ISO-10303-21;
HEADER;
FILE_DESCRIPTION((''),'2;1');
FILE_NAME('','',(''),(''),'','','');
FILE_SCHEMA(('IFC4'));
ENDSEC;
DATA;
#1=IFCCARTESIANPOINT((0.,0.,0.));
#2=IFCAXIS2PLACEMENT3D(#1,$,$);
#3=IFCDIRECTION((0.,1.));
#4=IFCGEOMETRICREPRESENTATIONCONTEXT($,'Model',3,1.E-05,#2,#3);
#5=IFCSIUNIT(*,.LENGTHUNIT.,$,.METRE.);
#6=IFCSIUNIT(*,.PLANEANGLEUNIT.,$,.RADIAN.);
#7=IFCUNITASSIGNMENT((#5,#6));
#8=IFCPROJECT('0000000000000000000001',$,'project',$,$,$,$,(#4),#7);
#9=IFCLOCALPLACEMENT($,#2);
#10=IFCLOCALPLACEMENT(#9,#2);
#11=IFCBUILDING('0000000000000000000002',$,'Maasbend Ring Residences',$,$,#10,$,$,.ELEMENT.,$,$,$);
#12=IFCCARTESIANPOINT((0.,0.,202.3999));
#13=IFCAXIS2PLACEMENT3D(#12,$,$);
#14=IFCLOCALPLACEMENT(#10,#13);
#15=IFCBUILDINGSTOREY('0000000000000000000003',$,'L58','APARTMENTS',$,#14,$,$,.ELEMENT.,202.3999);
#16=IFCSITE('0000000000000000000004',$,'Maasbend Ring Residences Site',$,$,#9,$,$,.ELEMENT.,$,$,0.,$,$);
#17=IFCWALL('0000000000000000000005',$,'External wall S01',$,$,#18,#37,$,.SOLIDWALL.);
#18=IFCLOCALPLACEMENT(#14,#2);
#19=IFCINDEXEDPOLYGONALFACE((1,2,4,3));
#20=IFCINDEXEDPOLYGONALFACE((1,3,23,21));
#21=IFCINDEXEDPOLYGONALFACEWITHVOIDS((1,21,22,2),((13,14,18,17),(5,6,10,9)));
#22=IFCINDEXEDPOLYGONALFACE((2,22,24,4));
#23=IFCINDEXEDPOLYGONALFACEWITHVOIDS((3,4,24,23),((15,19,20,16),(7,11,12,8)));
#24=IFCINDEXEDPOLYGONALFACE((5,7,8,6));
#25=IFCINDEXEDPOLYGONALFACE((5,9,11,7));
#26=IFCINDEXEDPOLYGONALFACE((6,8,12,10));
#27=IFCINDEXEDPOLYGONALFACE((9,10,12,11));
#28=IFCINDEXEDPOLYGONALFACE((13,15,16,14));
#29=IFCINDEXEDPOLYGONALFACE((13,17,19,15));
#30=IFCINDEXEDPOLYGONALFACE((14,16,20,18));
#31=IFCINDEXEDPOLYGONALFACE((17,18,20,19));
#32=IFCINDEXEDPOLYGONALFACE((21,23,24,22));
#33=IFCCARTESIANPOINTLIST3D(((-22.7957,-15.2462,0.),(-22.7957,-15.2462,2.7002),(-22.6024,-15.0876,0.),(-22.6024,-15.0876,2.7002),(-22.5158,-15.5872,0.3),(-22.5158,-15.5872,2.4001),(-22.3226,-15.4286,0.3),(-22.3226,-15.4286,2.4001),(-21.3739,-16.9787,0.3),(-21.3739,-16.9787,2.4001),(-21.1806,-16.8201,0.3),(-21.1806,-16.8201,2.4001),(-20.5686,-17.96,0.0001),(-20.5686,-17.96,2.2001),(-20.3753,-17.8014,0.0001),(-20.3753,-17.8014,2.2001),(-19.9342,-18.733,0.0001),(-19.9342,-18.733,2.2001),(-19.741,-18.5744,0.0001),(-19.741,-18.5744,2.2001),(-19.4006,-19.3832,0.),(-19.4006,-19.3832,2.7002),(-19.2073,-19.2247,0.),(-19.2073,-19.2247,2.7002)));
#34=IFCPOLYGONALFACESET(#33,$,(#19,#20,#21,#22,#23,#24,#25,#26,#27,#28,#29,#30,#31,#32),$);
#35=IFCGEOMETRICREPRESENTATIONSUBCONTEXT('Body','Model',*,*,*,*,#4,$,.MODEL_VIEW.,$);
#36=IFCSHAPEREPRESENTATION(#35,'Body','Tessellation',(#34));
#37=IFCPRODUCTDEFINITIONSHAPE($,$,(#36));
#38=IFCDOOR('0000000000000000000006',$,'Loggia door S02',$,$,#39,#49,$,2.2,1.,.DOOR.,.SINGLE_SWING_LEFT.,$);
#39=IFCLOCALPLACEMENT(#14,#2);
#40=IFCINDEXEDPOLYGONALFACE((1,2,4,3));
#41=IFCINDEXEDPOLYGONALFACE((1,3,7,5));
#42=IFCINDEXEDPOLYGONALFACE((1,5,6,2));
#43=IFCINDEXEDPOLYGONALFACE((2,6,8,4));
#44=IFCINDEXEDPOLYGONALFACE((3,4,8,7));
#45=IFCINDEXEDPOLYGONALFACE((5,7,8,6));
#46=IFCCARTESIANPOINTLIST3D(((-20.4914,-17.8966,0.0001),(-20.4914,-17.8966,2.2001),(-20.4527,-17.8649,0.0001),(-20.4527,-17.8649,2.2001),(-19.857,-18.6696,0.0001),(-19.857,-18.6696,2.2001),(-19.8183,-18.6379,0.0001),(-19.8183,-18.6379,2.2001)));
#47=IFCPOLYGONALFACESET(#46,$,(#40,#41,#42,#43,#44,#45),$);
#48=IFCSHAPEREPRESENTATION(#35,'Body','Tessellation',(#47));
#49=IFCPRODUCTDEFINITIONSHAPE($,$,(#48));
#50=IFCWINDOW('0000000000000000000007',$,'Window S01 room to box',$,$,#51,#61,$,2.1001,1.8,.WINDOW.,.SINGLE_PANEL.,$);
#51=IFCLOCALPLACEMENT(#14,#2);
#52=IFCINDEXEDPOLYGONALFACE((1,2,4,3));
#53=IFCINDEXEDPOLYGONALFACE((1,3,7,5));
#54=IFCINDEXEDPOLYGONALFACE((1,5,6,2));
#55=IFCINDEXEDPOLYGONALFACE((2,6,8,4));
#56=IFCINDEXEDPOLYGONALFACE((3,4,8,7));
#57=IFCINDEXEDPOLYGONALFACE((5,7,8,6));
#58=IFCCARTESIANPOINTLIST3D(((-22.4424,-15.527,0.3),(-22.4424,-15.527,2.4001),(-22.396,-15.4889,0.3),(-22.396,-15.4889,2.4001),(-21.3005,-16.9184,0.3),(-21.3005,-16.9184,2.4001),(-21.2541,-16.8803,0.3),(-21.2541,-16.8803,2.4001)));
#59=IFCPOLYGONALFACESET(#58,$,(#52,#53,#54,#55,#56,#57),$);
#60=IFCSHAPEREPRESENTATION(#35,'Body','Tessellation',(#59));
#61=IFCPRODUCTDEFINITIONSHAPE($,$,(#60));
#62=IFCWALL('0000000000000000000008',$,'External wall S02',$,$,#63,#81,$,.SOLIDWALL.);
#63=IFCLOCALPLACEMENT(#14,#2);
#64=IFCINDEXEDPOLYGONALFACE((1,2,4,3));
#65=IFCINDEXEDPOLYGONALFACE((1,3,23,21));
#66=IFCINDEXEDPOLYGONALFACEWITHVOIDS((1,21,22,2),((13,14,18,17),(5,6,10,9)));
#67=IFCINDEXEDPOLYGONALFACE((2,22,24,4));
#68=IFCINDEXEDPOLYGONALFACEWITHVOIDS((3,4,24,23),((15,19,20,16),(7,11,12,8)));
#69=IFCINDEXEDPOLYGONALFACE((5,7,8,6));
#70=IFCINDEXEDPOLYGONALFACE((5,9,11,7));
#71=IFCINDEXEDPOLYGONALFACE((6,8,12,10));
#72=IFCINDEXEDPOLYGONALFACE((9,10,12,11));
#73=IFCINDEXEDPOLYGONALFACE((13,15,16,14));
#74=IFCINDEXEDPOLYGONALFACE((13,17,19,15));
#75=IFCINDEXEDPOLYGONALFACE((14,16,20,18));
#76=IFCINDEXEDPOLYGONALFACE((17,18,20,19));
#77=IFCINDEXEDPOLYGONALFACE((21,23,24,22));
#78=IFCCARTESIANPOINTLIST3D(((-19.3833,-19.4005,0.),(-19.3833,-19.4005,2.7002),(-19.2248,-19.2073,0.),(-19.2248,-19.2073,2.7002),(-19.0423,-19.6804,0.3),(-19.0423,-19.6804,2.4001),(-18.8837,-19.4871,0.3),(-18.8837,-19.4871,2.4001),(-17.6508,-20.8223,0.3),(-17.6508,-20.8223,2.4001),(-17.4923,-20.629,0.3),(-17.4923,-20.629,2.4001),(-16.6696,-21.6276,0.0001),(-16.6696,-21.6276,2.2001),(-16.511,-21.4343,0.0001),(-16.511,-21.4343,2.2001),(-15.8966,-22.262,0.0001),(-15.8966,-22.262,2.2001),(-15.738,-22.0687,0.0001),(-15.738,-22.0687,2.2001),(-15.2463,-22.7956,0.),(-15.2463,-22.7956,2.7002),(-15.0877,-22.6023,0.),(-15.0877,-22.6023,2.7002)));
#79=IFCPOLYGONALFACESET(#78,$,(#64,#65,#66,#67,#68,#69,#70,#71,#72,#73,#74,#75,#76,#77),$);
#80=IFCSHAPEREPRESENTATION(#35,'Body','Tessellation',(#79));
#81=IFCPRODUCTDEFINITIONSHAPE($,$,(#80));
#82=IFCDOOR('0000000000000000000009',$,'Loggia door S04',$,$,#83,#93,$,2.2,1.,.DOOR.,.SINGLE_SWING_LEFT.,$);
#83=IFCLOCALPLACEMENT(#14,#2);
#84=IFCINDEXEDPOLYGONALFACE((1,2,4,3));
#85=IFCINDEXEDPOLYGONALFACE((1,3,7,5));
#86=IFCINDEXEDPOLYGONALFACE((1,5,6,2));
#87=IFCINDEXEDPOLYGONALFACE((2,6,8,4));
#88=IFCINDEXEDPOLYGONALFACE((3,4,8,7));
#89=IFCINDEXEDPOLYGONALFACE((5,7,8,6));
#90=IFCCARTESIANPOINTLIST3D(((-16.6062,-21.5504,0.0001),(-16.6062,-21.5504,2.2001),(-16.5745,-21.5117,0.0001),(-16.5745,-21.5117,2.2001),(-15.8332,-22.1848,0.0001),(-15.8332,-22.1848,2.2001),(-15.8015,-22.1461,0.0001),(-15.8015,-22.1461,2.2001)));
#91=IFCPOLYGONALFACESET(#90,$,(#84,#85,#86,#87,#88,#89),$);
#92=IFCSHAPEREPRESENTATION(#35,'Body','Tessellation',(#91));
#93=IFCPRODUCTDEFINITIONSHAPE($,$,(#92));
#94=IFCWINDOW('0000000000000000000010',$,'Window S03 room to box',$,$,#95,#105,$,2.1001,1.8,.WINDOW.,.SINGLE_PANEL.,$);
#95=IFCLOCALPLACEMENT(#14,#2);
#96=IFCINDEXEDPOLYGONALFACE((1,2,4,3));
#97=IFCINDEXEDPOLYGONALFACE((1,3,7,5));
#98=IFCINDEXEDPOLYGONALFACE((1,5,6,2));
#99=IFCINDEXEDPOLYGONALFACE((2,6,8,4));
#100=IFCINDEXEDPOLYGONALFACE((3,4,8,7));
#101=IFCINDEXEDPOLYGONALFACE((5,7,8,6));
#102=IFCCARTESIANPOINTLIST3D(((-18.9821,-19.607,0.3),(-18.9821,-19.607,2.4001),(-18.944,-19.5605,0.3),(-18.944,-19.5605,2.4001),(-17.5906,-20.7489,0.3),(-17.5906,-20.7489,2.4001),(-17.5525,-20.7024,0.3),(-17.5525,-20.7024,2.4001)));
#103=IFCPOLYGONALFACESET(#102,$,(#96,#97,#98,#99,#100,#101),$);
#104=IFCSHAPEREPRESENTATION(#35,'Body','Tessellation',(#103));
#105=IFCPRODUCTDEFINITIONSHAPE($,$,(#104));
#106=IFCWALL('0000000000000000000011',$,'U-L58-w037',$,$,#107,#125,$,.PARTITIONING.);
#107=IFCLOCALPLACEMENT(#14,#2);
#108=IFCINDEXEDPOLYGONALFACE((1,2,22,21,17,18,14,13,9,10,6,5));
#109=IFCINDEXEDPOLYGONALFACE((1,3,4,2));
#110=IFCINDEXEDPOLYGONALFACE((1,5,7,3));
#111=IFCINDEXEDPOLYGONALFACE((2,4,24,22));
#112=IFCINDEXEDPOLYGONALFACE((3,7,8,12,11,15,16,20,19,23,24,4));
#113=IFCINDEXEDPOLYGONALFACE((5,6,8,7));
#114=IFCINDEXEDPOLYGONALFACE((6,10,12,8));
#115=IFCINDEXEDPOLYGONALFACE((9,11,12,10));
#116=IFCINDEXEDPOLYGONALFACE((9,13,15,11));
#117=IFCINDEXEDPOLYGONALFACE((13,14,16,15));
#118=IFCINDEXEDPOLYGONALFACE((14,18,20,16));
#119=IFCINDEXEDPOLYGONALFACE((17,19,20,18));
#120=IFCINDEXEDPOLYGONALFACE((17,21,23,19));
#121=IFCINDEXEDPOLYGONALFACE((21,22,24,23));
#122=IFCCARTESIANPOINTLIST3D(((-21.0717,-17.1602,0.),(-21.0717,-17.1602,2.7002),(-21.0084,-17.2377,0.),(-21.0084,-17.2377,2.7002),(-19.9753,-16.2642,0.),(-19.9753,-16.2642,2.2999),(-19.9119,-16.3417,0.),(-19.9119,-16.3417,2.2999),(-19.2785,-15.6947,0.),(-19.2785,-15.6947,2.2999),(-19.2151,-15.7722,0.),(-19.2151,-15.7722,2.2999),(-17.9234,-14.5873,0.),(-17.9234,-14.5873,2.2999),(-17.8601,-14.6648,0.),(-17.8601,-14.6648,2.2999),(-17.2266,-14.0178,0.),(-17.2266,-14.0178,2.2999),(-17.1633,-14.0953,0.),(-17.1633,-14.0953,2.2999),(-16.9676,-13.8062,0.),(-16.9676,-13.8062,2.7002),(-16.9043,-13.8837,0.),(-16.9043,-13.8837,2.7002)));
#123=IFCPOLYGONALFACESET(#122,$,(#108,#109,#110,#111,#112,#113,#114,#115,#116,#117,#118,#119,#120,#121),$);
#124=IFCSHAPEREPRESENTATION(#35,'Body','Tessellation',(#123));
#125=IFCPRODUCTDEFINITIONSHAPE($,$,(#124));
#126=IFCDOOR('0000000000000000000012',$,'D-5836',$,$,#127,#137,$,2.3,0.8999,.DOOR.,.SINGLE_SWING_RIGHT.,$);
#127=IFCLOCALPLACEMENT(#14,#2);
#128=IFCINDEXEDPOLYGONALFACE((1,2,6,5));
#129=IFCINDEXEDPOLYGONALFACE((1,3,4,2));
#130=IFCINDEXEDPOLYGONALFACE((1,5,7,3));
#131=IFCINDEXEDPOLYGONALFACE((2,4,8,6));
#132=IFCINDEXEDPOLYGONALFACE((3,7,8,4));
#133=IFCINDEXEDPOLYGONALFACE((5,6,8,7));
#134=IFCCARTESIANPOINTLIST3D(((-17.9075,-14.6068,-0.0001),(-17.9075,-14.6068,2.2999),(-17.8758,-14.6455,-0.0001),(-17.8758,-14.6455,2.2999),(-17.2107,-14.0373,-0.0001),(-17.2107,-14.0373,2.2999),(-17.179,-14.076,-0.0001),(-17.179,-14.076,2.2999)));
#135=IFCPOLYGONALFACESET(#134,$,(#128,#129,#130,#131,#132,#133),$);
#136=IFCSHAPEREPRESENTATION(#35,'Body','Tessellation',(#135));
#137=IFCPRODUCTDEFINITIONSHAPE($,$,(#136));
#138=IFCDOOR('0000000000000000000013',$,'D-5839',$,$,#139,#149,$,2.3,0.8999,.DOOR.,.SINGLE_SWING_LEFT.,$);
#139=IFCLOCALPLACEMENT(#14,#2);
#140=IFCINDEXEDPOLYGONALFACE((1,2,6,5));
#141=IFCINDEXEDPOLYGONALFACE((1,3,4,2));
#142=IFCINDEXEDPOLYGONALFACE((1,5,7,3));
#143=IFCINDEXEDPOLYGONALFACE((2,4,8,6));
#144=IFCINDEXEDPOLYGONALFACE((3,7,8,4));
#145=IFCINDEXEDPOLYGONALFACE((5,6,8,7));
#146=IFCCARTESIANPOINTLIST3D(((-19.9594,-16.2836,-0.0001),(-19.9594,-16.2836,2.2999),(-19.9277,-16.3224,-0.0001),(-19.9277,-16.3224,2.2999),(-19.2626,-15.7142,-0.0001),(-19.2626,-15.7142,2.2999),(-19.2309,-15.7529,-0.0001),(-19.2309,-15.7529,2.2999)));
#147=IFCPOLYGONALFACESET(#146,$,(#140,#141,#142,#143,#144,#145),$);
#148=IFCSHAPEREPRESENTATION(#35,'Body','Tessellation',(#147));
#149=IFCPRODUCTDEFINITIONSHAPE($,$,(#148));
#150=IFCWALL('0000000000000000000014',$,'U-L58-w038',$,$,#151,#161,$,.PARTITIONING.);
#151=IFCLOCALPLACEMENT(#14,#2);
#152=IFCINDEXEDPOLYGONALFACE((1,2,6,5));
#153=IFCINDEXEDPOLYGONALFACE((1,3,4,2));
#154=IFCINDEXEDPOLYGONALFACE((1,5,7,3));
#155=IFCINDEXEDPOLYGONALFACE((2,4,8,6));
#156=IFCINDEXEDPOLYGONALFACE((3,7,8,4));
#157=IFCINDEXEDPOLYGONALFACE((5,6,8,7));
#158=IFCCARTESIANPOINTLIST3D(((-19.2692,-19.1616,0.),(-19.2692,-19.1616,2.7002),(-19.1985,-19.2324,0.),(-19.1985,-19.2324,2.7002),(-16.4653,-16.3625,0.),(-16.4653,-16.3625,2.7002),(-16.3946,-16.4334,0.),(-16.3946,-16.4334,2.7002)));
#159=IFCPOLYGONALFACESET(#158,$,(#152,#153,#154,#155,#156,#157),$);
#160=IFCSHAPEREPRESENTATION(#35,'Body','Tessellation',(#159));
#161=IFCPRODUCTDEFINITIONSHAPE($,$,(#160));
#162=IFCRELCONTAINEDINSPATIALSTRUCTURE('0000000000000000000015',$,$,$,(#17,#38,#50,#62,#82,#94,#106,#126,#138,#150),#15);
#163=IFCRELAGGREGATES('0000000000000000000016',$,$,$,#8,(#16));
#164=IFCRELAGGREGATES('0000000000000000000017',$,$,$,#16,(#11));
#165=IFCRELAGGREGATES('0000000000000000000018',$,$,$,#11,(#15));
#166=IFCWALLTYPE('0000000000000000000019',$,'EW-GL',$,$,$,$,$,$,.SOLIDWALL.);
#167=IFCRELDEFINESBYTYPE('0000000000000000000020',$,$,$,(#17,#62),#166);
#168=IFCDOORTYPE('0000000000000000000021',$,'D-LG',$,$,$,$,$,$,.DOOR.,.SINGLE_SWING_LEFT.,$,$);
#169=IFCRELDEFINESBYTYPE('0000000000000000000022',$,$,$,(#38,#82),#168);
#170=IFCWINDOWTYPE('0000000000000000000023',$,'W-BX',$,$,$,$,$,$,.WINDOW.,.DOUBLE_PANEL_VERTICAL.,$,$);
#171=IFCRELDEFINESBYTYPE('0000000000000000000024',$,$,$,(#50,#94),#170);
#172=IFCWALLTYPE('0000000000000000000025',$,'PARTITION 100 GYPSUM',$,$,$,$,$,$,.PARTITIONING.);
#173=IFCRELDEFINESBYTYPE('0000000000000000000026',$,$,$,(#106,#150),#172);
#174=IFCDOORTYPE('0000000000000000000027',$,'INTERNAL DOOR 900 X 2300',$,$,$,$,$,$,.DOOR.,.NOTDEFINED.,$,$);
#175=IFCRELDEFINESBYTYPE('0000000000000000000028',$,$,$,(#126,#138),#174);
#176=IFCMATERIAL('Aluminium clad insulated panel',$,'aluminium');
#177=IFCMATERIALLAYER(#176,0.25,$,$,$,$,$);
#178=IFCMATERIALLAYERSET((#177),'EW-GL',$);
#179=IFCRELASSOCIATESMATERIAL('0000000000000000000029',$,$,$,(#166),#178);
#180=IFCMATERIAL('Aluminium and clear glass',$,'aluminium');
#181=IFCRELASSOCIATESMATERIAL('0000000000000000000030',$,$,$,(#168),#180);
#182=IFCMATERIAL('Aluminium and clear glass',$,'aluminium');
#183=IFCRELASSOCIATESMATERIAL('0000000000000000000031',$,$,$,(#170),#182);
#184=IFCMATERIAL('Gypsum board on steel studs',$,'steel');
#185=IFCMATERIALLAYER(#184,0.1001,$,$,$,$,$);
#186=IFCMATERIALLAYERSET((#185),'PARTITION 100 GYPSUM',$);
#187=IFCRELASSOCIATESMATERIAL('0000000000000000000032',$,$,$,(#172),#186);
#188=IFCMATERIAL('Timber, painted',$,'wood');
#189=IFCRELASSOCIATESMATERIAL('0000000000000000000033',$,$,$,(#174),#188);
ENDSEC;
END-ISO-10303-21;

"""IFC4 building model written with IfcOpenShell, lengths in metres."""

from ifc_helpers import new_model, si_unit, direction, frame, frame_2d, origin, place, context, subcontext, project, spatial, rectangle, extrude, material, layer, layer_set, type_object, element, fill, save


model = new_model("IFC4")

# Units and contexts
model_context = context("Model", 3, precision=1e-05, world=origin(), true_north=direction((0.0, 1.0)))
body_context = subcontext(model_context, "Body", "Model", "MODEL_VIEW")
ifc_project = project(units=[si_unit("LENGTHUNIT", "METRE"), si_unit("PLANEANGLEUNIT", "RADIAN")], contexts=[model_context])

# Site, building, storey
site_placement = place(None, origin())
site = spatial("IfcSite", under=ifc_project, at=site_placement, Name="Maasbend Ring Residences Site", CompositionType="ELEMENT", RefElevation=0.0)
building_placement = place(site_placement, origin())
building = spatial("IfcBuilding", under=site, at=building_placement, Name="Maasbend Ring Residences", CompositionType="ELEMENT")
storey_placement = place(building_placement, frame((0.0, 0.0, 202.3999)))
storey = spatial("IfcBuildingStorey", under=building, at=storey_placement, Name="L58", Description="APARTMENTS", CompositionType="ELEMENT", Elevation=202.3999)

# Walls, openings, doors, windows
ifc_material_1 = material(Name="Aluminium clad insulated panel", Category="aluminium")
ifc_layer_1 = layer(ifc_material_1, 0.25)
ifc_layer_set_1 = layer_set([ifc_layer_1], Name="EW-GL")
wall_type_1 = type_object("IfcWallType", Name="EW-GL", PredefinedType="SOLIDWALL", material=ifc_layer_set_1)
wall_1_placement = place(storey_placement, frame((-22.699, -15.167, 0.0), z_axis=(0.0, 0.0, 1.0), x_axis=(0.634382, -0.773019, 0.0)))
wall_1 = element("IfcWall", 1, at=wall_1_placement, inside=storey, type_object=wall_type_1, Name="External wall S01", PredefinedType="SOLIDWALL", context=body_context, shape_type="SweptSolid", body=[
    extrude(rectangle(XDim=5.3518, YDim=0.25, at=frame_2d((2.6758, 0.0))), origin(), (0.0, 0.0, 1.0), 2.7002),
])
opening_1_placement = place(wall_1_placement, frame((0.4412, 0.0, 0.3)))
opening_1 = element("IfcOpeningElement", 2, at=opening_1_placement, cuts=wall_1, PredefinedType="OPENING", context=body_context, shape_type="SweptSolid", body=[
    extrude(rectangle(XDim=1.8, YDim=2.1001, at=frame_2d((0.8999, 1.05))), frame((0.0, 0.135, 0.0), z_axis=(0.0, -1.0, 0.0), x_axis=(1.0, 0.0, 0.0)), (0.0, 0.0, 1.0), 0.27),
])
opening_2_placement = place(wall_1_placement, frame((3.5105, 0.0, 0.0)))
opening_2 = element("IfcOpeningElement", 3, at=opening_2_placement, cuts=wall_1, PredefinedType="OPENING", context=body_context, shape_type="SweptSolid", body=[
    extrude(rectangle(XDim=1.0, YDim=2.2, at=frame_2d((0.5, 1.1001))), frame((0.0, 0.135, 0.0), z_axis=(0.0, -1.0, 0.0), x_axis=(1.0, 0.0, 0.0)), (0.0, 0.0, 1.0), 0.27),
])
ifc_material_2 = material(Name="Aluminium and clear glass", Category="aluminium")
door_type_1 = type_object("IfcDoorType", Name="D-LG", OperationType="SINGLE_SWING_LEFT", PredefinedType="DOOR", material=ifc_material_2)
door_1_placement = place(opening_2_placement, origin())
door_1 = element("IfcDoor", 4, at=door_1_placement, inside=storey, type_object=door_type_1, Name="Loggia door S02", OperationType="SINGLE_SWING_LEFT", OverallHeight=2.2, OverallWidth=1.0, PredefinedType="DOOR", context=body_context, shape_type="SweptSolid", body=[
    extrude(rectangle(XDim=1.0, YDim=2.2, at=frame_2d((0.5, 1.1001))), frame((0.0, 0.0249, 0.0), z_axis=(0.0, -1.0, 0.0), x_axis=(1.0, 0.0, 0.0)), (0.0, 0.0, 1.0), 0.05),
])
fill(opening_2, door_1)
ifc_material_3 = material(Name="Aluminium and clear glass", Category="aluminium")
window_type_1 = type_object("IfcWindowType", Name="W-BX", PartitioningType="DOUBLE_PANEL_VERTICAL", PredefinedType="WINDOW", material=ifc_material_3)
window_1_placement = place(opening_1_placement, origin())
window_1 = element("IfcWindow", 5, at=window_1_placement, inside=storey, type_object=window_type_1, Name="Window S01 room to box", OverallHeight=2.1001, OverallWidth=1.8, PartitioningType="SINGLE_PANEL", PredefinedType="WINDOW", context=body_context, shape_type="SweptSolid", body=[
    extrude(rectangle(XDim=1.8, YDim=2.1001, at=frame_2d((0.8999, 1.05))), frame((0.0, 0.03, 0.0), z_axis=(0.0, -1.0, 0.0), x_axis=(1.0, 0.0, 0.0)), (0.0, 0.0, 1.0), 0.0601),
])
fill(opening_1, window_1)
wall_2_placement = place(storey_placement, frame((-19.304, -19.304, 0.0), z_axis=(0.0, 0.0, 1.0), x_axis=(0.773019, -0.634382, 0.0)))
wall_2 = element("IfcWall", 6, at=wall_2_placement, inside=storey, type_object=wall_type_1, Name="External wall S02", PredefinedType="SOLIDWALL", context=body_context, shape_type="SweptSolid", body=[
    extrude(rectangle(XDim=5.3518, YDim=0.25, at=frame_2d((2.6758, 0.0))), origin(), (0.0, 0.0, 1.0), 2.7002),
])
opening_3_placement = place(wall_2_placement, frame((0.4412, 0.0, 0.3)))
opening_3 = element("IfcOpeningElement", 7, at=opening_3_placement, cuts=wall_2, PredefinedType="OPENING", context=body_context, shape_type="SweptSolid", body=[
    extrude(rectangle(XDim=1.8, YDim=2.1001, at=frame_2d((0.8999, 1.05))), frame((0.0, 0.135, 0.0), z_axis=(0.0, -1.0, 0.0), x_axis=(1.0, 0.0, 0.0)), (0.0, 0.0, 1.0), 0.27),
])
opening_4_placement = place(wall_2_placement, frame((3.5105, 0.0, 0.0)))
opening_4 = element("IfcOpeningElement", 8, at=opening_4_placement, cuts=wall_2, PredefinedType="OPENING", context=body_context, shape_type="SweptSolid", body=[
    extrude(rectangle(XDim=1.0, YDim=2.2, at=frame_2d((0.5, 1.1001))), frame((0.0, 0.135, 0.0), z_axis=(0.0, -1.0, 0.0), x_axis=(1.0, 0.0, 0.0)), (0.0, 0.0, 1.0), 0.27),
])
door_2_placement = place(opening_4_placement, origin())
door_2 = element("IfcDoor", 9, at=door_2_placement, inside=storey, type_object=door_type_1, Name="Loggia door S04", OperationType="SINGLE_SWING_LEFT", OverallHeight=2.2, OverallWidth=1.0, PredefinedType="DOOR", context=body_context, shape_type="SweptSolid", body=[
    extrude(rectangle(XDim=1.0, YDim=2.2, at=frame_2d((0.5, 1.1001))), frame((0.0, 0.0249, 0.0), z_axis=(0.0, -1.0, 0.0), x_axis=(1.0, 0.0, 0.0)), (0.0, 0.0, 1.0), 0.05),
])
fill(opening_4, door_2)
window_2_placement = place(opening_3_placement, origin())
window_2 = element("IfcWindow", 10, at=window_2_placement, inside=storey, type_object=window_type_1, Name="Window S03 room to box", OverallHeight=2.1001, OverallWidth=1.8, PartitioningType="SINGLE_PANEL", PredefinedType="WINDOW", context=body_context, shape_type="SweptSolid", body=[
    extrude(rectangle(XDim=1.8, YDim=2.1001, at=frame_2d((0.8999, 1.05))), frame((0.0, 0.03, 0.0), z_axis=(0.0, -1.0, 0.0), x_axis=(1.0, 0.0, 0.0)), (0.0, 0.0, 1.0), 0.0601),
])
fill(opening_3, window_2)

# Wall, openings, doors
ifc_material_4 = material(Name="Gypsum board on steel studs", Category="steel")
ifc_layer_2 = layer(ifc_material_4, 0.1001)
ifc_layer_set_2 = layer_set([ifc_layer_2], Name="PARTITION 100 GYPSUM")
wall_type_2 = type_object("IfcWallType", Name="PARTITION 100 GYPSUM", PredefinedType="PARTITIONING", material=ifc_layer_set_2)
wall_3_placement = place(storey_placement, frame((-21.04, -17.199, 0.0), z_axis=(0.0, 0.0, 1.0), x_axis=(0.77431, 0.632806, 0.0)))
wall_3 = element("IfcWall", 11, at=wall_3_placement, inside=storey, type_object=wall_type_2, Name="U-L58-w037", PredefinedType="PARTITIONING", context=body_context, shape_type="SweptSolid", body=[
    extrude(rectangle(XDim=5.3003, YDim=0.1001, at=frame_2d((2.6501, 0.0))), origin(), (0.0, 0.0, 1.0), 2.7002),
])
opening_5_placement = place(wall_3_placement, frame((4.0659, 0.0, 0.0)))
opening_5 = element("IfcOpeningElement", 12, at=opening_5_placement, cuts=wall_3, PredefinedType="OPENING", context=body_context, shape_type="SweptSolid", body=[
    extrude(rectangle(XDim=0.8999, YDim=2.3, at=frame_2d((0.45, 1.1499))), frame((0.0, 0.0601, 0.0), z_axis=(0.0, -1.0, 0.0), x_axis=(1.0, 0.0, 0.0)), (0.0, 0.0, 1.0), 0.1201),
])
opening_6_placement = place(wall_3_placement, frame((1.416, 0.0, 0.0)))
opening_6 = element("IfcOpeningElement", 13, at=opening_6_placement, cuts=wall_3, PredefinedType="OPENING", context=body_context, shape_type="SweptSolid", body=[
    extrude(rectangle(XDim=0.8999, YDim=2.3, at=frame_2d((0.45, 1.1499))), frame((0.0, 0.0601, 0.0), z_axis=(0.0, -1.0, 0.0), x_axis=(1.0, 0.0, 0.0)), (0.0, 0.0, 1.0), 0.1201),
])
ifc_material_5 = material(Name="Timber, painted", Category="wood")
door_type_2 = type_object("IfcDoorType", Name="INTERNAL DOOR 900 X 2300", OperationType="NOTDEFINED", PredefinedType="DOOR", material=ifc_material_5)
door_3_placement = place(opening_5_placement, origin())
door_3 = element("IfcDoor", 14, at=door_3_placement, inside=storey, type_object=door_type_2, Name="D-5836", OperationType="SINGLE_SWING_RIGHT", OverallHeight=2.3, OverallWidth=0.8999, PredefinedType="DOOR", context=body_context, shape_type="SweptSolid", body=[
    extrude(rectangle(XDim=0.8999, YDim=2.3, at=frame_2d((0.45, 1.1499))), frame((0.0, 0.0249, 0.0), z_axis=(0.0, -1.0, 0.0), x_axis=(1.0, 0.0, 0.0)), (0.0, 0.0, 1.0), 0.05),
])
fill(opening_5, door_3)
door_4_placement = place(opening_6_placement, origin())
door_4 = element("IfcDoor", 15, at=door_4_placement, inside=storey, type_object=door_type_2, Name="D-5839", OperationType="SINGLE_SWING_LEFT", OverallHeight=2.3, OverallWidth=0.8999, PredefinedType="DOOR", context=body_context, shape_type="SweptSolid", body=[
    extrude(rectangle(XDim=0.8999, YDim=2.3, at=frame_2d((0.45, 1.1499))), frame((0.0, 0.0249, 0.0), z_axis=(0.0, -1.0, 0.0), x_axis=(1.0, 0.0, 0.0)), (0.0, 0.0, 1.0), 0.05),
])
fill(opening_6, door_4)

# Wall
wall_4_placement = place(storey_placement, frame((-19.2339, -19.197, 0.0), z_axis=(0.0, 0.0, 1.0), x_axis=(0.707723, 0.70649, 0.0)))
element("IfcWall", 16, at=wall_4_placement, inside=storey, type_object=wall_type_2, Name="U-L58-w038", PredefinedType="PARTITIONING", context=body_context, shape_type="SweptSolid", body=[
    extrude(rectangle(XDim=3.9619, YDim=0.1001, at=frame_2d((1.981, 0.0))), origin(), (0.0, 0.0, 1.0), 2.7002),
])

save(model, "model.ifc")
